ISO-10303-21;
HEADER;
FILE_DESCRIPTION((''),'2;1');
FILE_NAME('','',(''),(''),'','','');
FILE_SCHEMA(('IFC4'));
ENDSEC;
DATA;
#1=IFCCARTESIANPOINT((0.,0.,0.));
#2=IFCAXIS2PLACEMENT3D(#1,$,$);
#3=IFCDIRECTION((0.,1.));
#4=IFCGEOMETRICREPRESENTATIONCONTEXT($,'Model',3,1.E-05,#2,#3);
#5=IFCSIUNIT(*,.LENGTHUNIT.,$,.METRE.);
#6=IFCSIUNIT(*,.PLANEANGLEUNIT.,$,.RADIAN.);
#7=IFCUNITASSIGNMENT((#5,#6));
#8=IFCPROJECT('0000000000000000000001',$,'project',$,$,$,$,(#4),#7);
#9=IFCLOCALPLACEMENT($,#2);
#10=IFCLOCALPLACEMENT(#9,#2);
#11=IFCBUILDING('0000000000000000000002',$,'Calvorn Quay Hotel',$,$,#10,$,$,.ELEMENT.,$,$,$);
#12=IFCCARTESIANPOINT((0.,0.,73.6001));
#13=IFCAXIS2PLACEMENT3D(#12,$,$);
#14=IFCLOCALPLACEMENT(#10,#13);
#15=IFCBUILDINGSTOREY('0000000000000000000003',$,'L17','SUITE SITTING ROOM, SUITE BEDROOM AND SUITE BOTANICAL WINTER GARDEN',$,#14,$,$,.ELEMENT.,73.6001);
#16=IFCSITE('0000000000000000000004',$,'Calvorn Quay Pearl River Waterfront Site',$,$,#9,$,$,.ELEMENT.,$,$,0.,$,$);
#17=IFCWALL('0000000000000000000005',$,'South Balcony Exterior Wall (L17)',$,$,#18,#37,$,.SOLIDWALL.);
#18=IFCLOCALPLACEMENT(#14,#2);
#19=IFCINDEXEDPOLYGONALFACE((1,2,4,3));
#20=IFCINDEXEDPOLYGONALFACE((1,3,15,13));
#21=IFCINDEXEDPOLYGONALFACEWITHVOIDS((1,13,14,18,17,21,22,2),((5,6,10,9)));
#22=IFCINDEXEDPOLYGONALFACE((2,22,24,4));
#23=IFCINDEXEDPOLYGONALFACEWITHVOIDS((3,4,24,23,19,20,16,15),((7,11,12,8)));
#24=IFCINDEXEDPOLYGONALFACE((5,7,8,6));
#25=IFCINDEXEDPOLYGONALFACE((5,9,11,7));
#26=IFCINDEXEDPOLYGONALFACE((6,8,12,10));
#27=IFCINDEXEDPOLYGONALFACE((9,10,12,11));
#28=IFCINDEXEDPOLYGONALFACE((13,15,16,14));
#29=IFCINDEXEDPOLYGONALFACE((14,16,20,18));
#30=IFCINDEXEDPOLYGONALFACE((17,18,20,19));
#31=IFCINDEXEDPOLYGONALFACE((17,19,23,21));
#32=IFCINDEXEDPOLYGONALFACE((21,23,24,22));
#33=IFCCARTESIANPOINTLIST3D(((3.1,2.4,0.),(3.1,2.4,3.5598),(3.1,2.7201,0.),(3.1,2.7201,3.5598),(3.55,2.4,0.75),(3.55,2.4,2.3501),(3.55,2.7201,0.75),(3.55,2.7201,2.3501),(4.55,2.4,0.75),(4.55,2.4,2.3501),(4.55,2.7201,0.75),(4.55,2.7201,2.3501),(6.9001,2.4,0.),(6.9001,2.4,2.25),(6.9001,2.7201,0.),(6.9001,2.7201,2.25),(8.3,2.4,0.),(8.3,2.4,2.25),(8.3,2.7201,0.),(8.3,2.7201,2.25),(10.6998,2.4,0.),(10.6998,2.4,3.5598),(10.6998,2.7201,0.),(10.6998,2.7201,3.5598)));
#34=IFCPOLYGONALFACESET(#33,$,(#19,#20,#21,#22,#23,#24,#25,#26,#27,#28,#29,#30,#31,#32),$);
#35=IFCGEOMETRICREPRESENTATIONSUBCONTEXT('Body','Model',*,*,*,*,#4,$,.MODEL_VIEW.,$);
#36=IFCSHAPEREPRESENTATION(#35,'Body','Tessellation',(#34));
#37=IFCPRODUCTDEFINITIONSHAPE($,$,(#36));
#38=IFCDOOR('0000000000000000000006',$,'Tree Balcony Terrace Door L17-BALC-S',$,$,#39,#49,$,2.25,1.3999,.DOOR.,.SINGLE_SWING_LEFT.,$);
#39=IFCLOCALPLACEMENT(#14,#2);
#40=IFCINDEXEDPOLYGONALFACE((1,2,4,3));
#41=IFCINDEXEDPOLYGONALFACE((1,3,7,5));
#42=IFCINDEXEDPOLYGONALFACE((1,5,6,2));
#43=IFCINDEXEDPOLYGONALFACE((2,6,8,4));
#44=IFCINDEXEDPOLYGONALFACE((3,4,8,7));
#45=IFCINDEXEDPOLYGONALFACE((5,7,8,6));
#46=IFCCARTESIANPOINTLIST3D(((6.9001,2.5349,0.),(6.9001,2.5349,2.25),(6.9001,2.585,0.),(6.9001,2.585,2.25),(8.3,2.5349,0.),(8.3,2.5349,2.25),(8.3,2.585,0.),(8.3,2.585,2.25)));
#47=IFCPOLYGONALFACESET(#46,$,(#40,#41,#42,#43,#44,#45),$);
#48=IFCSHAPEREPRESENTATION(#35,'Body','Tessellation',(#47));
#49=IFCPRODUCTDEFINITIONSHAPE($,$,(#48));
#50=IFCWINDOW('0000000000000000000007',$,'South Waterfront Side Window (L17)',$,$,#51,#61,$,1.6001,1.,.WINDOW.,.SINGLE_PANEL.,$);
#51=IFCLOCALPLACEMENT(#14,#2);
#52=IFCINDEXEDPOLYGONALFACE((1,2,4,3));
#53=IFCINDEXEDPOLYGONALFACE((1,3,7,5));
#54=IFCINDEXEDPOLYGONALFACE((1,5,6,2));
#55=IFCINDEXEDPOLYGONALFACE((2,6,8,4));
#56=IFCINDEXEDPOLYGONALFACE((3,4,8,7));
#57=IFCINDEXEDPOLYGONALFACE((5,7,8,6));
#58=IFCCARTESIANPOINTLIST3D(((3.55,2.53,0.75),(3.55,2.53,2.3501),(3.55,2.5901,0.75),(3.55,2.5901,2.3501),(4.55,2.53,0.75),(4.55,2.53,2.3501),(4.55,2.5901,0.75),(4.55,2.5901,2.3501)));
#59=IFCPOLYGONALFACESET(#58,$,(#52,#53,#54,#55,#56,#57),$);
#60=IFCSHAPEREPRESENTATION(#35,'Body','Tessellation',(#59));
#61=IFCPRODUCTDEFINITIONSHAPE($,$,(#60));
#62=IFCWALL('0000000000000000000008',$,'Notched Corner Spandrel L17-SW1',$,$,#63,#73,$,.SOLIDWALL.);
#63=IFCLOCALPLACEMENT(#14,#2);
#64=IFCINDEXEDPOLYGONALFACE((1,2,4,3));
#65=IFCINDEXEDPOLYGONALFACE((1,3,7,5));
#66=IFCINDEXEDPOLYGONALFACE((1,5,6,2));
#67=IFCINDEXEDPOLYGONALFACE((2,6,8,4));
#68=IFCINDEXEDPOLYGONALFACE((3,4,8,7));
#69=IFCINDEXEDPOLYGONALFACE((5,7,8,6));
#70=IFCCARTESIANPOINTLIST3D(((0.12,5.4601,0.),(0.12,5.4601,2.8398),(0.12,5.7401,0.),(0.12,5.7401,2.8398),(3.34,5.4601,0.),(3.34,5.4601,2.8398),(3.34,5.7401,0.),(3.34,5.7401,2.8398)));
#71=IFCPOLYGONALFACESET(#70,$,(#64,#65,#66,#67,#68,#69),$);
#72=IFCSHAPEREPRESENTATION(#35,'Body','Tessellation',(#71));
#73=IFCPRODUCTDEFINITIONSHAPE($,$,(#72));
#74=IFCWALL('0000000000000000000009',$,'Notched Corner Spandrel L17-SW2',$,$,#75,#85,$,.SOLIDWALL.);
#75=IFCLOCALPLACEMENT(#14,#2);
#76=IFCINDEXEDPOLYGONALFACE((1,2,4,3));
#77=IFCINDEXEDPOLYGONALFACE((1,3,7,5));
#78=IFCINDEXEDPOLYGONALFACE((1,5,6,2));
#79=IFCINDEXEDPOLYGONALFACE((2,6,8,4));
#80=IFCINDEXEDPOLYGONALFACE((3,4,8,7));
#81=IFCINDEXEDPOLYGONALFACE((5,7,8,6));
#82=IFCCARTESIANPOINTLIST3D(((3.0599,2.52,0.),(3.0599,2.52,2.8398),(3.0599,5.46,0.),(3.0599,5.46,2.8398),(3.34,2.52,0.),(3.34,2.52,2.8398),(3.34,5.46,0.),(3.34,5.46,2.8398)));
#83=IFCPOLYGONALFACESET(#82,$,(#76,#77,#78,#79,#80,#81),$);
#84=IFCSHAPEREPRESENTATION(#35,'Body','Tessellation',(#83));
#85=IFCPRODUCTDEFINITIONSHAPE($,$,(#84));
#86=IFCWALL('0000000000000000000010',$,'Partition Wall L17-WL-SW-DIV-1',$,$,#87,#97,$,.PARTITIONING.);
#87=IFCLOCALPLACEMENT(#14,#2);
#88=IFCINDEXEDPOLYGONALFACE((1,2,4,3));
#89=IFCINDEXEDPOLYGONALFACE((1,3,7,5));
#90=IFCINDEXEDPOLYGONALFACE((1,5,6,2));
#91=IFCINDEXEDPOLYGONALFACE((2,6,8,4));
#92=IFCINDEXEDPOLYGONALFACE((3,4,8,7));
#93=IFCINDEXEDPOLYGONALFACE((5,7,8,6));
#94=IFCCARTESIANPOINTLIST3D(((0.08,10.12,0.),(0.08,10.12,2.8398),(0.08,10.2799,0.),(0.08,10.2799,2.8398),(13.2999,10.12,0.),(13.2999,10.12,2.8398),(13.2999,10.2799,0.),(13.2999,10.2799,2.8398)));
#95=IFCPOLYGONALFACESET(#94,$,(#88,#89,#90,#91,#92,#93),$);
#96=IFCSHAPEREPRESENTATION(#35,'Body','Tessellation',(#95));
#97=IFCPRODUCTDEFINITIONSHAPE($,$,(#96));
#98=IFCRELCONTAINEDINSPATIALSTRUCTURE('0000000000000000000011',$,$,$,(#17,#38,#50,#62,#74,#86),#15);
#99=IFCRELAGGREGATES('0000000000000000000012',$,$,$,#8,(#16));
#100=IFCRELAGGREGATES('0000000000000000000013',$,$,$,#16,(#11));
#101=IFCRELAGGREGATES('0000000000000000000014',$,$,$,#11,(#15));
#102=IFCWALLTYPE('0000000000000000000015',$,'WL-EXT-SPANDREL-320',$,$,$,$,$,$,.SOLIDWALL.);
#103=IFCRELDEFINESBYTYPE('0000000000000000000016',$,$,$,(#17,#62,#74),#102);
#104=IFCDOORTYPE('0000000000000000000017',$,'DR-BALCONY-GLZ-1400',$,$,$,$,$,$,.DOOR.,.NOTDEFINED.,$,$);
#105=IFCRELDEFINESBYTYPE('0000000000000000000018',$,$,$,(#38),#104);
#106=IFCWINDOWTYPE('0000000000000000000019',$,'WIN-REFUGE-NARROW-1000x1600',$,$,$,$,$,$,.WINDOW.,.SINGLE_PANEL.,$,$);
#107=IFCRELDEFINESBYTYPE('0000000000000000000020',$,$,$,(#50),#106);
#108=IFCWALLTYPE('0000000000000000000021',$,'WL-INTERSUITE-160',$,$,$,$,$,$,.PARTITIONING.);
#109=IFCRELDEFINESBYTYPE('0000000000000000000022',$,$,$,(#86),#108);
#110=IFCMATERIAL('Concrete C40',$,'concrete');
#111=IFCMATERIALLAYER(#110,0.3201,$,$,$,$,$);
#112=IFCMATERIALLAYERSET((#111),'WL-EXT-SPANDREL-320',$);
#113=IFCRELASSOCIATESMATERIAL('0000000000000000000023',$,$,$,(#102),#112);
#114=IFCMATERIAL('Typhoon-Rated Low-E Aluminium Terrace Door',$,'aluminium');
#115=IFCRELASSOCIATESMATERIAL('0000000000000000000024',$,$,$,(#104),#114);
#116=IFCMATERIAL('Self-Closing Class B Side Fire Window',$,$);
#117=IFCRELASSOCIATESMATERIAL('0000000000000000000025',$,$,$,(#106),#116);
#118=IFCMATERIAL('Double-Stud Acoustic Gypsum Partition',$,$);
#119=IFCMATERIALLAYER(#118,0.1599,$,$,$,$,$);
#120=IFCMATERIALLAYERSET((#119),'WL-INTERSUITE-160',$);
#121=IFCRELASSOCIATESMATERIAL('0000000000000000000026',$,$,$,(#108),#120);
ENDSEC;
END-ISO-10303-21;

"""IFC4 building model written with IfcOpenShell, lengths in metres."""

from ifc_helpers import new_model, si_unit, direction, frame, frame_2d, origin, place, context, subcontext, project, spatial, rectangle, extrude, material, layer, layer_set, type_object, element, fill, save


model = new_model("IFC4")

# Units and contexts
model_context = context("Model", 3, precision=1e-05, world=origin(), true_north=direction((0.0, 1.0)))
body_context = subcontext(model_context, "Body", "Model", "MODEL_VIEW")
ifc_project = project(units=[si_unit("LENGTHUNIT", "METRE"), si_unit("PLANEANGLEUNIT", "RADIAN")], contexts=[model_context])

# Site, building, storey
site_placement = place(None, origin())
site = spatial("IfcSite", under=ifc_project, at=site_placement, Name="Calvorn Quay Pearl River Waterfront Site", CompositionType="ELEMENT", RefElevation=0.0)
building_placement = place(site_placement, origin())
building = spatial("IfcBuilding", under=site, at=building_placement, Name="Calvorn Quay Hotel", CompositionType="ELEMENT")
storey_placement = place(building_placement, frame((0.0, 0.0, 73.6001)))
storey = spatial("IfcBuildingStorey", under=building, at=storey_placement, Name="L17", Description="SUITE SITTING ROOM, SUITE BEDROOM AND SUITE BOTANICAL WINTER GARDEN", CompositionType="ELEMENT", Elevation=73.6001)

# Wall, openings, door, window
ifc_material_1 = material(Name="Concrete C40", Category="concrete")
ifc_layer_1 = layer(ifc_material_1, 0.3201)
ifc_layer_set_1 = layer_set([ifc_layer_1], Name="WL-EXT-SPANDREL-320")
wall_type_1 = type_object("IfcWallType", Name="WL-EXT-SPANDREL-320", PredefinedType="SOLIDWALL", material=ifc_layer_set_1)
wall_1_placement = place(storey_placement, frame((3.1001, 2.5601, 0.0), z_axis=(0.0, 0.0, 1.0), x_axis=(1.0, 0.0, 0.0)))
wall_1 = element("IfcWall", 1, at=wall_1_placement, inside=storey, type_object=wall_type_1, Name="South Balcony Exterior Wall (L17)", PredefinedType="SOLIDWALL", context=body_context, shape_type="SweptSolid", body=[
    extrude(rectangle(XDim=7.5999, YDim=0.3201, at=frame_2d((3.7998, 0.0))), origin(), (0.0, 0.0, 1.0), 3.5598),
])
opening_1_placement = place(wall_1_placement, frame((0.45, 0.0, 0.75)))
opening_1 = element("IfcOpeningElement", 2, at=opening_1_placement, cuts=wall_1, PredefinedType="OPENING", context=body_context, shape_type="SweptSolid", body=[
    extrude(rectangle(XDim=1.0, YDim=1.6001, at=frame_2d((0.5, 0.8))), frame((0.0, 0.1699, 0.0), z_axis=(0.0, -1.0, 0.0), x_axis=(1.0, 0.0, 0.0)), (0.0, 0.0, 1.0), 0.3401),
])
opening_2_placement = place(wall_1_placement, frame((3.8, 0.0, 0.0)))
opening_2 = element("IfcOpeningElement", 3, at=opening_2_placement, cuts=wall_1, PredefinedType="OPENING", context=body_context, shape_type="SweptSolid", body=[
    extrude(rectangle(XDim=1.3999, YDim=2.25, at=frame_2d((0.7, 1.125))), frame((0.0, 0.1699, 0.0), z_axis=(0.0, -1.0, 0.0), x_axis=(1.0, 0.0, 0.0)), (0.0, 0.0, 1.0), 0.3401),
])
ifc_material_2 = material(Name="Typhoon-Rated Low-E Aluminium Terrace Door", Category="aluminium")
door_type_1 = type_object("IfcDoorType", Name="DR-BALCONY-GLZ-1400", OperationType="NOTDEFINED", PredefinedType="DOOR", material=ifc_material_2)
door_1_placement = place(opening_2_placement, origin())
door_1 = element("IfcDoor", 4, at=door_1_placement, inside=storey, type_object=door_type_1, Name="Tree Balcony Terrace Door L17-BALC-S", OperationType="SINGLE_SWING_LEFT", OverallHeight=2.25, OverallWidth=1.3999, PredefinedType="DOOR", context=body_context, shape_type="SweptSolid", body=[
    extrude(rectangle(XDim=1.3999, YDim=2.25, at=frame_2d((0.7, 1.125))), frame((0.0, 0.0249, 0.0), z_axis=(0.0, -1.0, 0.0), x_axis=(1.0, 0.0, 0.0)), (0.0, 0.0, 1.0), 0.05),
])
fill(opening_2, door_1)
ifc_material_3 = material(Name="Self-Closing Class B Side Fire Window")
window_type = type_object("IfcWindowType", Name="WIN-REFUGE-NARROW-1000x1600", PartitioningType="SINGLE_PANEL", PredefinedType="WINDOW", material=ifc_material_3)
window_placement = place(opening_1_placement, origin())
window = element("IfcWindow", 5, at=window_placement, inside=storey, type_object=window_type, Name="South Waterfront Side Window (L17)", OverallHeight=1.6001, OverallWidth=1.0, PartitioningType="SINGLE_PANEL", PredefinedType="WINDOW", context=body_context, shape_type="SweptSolid", body=[
    extrude(rectangle(XDim=1.0, YDim=1.6001, at=frame_2d((0.5, 0.8))), frame((0.0, 0.03, 0.0), z_axis=(0.0, -1.0, 0.0), x_axis=(1.0, 0.0, 0.0)), (0.0, 0.0, 1.0), 0.0601),
])
fill(opening_1, window)

# Walls
wall_2_placement = place(storey_placement, frame((0.1201, 5.6001, 0.0), z_axis=(0.0, 0.0, 1.0), x_axis=(1.0, 0.0, 0.0)))
element("IfcWall", 6, at=wall_2_placement, inside=storey, type_object=wall_type_1, Name="Notched Corner Spandrel L17-SW1", PredefinedType="SOLIDWALL", context=body_context, shape_type="SweptSolid", body=[
    extrude(rectangle(XDim=3.22, YDim=0.28, at=frame_2d((1.6099, 0.0))), origin(), (0.0, 0.0, 1.0), 2.8398),
])
wall_3_placement = place(storey_placement, frame((3.2, 5.46, 0.0), z_axis=(0.0, 0.0, 1.0), x_axis=(0.0, -1.0, 0.0)))
element("IfcWall", 7, at=wall_3_placement, inside=storey, type_object=wall_type_1, Name="Notched Corner Spandrel L17-SW2", PredefinedType="SOLIDWALL", context=body_context, shape_type="SweptSolid", body=[
    extrude(rectangle(XDim=2.9399, YDim=0.28, at=frame_2d((1.47, 0.0))), origin(), (0.0, 0.0, 1.0), 2.8398),
])
ifc_material_4 = material(Name="Double-Stud Acoustic Gypsum Partition")
ifc_layer_2 = layer(ifc_material_4, 0.1599)
ifc_layer_set_2 = layer_set([ifc_layer_2], Name="WL-INTERSUITE-160")
wall_type_2 = type_object("IfcWallType", Name="WL-INTERSUITE-160", PredefinedType="PARTITIONING", material=ifc_layer_set_2)
wall_4_placement = place(storey_placement, frame((0.0801, 10.2, 0.0), z_axis=(0.0, 0.0, 1.0), x_axis=(1.0, 0.0, 0.0)))
element("IfcWall", 8, at=wall_4_placement, inside=storey, type_object=wall_type_2, Name="Partition Wall L17-WL-SW-DIV-1", PredefinedType="PARTITIONING", context=body_context, shape_type="SweptSolid", body=[
    extrude(rectangle(XDim=13.22, YDim=0.1599, at=frame_2d((6.6099, 0.0))), origin(), (0.0, 0.0, 1.0), 2.8398),
])

save(model, "model.ifc")
